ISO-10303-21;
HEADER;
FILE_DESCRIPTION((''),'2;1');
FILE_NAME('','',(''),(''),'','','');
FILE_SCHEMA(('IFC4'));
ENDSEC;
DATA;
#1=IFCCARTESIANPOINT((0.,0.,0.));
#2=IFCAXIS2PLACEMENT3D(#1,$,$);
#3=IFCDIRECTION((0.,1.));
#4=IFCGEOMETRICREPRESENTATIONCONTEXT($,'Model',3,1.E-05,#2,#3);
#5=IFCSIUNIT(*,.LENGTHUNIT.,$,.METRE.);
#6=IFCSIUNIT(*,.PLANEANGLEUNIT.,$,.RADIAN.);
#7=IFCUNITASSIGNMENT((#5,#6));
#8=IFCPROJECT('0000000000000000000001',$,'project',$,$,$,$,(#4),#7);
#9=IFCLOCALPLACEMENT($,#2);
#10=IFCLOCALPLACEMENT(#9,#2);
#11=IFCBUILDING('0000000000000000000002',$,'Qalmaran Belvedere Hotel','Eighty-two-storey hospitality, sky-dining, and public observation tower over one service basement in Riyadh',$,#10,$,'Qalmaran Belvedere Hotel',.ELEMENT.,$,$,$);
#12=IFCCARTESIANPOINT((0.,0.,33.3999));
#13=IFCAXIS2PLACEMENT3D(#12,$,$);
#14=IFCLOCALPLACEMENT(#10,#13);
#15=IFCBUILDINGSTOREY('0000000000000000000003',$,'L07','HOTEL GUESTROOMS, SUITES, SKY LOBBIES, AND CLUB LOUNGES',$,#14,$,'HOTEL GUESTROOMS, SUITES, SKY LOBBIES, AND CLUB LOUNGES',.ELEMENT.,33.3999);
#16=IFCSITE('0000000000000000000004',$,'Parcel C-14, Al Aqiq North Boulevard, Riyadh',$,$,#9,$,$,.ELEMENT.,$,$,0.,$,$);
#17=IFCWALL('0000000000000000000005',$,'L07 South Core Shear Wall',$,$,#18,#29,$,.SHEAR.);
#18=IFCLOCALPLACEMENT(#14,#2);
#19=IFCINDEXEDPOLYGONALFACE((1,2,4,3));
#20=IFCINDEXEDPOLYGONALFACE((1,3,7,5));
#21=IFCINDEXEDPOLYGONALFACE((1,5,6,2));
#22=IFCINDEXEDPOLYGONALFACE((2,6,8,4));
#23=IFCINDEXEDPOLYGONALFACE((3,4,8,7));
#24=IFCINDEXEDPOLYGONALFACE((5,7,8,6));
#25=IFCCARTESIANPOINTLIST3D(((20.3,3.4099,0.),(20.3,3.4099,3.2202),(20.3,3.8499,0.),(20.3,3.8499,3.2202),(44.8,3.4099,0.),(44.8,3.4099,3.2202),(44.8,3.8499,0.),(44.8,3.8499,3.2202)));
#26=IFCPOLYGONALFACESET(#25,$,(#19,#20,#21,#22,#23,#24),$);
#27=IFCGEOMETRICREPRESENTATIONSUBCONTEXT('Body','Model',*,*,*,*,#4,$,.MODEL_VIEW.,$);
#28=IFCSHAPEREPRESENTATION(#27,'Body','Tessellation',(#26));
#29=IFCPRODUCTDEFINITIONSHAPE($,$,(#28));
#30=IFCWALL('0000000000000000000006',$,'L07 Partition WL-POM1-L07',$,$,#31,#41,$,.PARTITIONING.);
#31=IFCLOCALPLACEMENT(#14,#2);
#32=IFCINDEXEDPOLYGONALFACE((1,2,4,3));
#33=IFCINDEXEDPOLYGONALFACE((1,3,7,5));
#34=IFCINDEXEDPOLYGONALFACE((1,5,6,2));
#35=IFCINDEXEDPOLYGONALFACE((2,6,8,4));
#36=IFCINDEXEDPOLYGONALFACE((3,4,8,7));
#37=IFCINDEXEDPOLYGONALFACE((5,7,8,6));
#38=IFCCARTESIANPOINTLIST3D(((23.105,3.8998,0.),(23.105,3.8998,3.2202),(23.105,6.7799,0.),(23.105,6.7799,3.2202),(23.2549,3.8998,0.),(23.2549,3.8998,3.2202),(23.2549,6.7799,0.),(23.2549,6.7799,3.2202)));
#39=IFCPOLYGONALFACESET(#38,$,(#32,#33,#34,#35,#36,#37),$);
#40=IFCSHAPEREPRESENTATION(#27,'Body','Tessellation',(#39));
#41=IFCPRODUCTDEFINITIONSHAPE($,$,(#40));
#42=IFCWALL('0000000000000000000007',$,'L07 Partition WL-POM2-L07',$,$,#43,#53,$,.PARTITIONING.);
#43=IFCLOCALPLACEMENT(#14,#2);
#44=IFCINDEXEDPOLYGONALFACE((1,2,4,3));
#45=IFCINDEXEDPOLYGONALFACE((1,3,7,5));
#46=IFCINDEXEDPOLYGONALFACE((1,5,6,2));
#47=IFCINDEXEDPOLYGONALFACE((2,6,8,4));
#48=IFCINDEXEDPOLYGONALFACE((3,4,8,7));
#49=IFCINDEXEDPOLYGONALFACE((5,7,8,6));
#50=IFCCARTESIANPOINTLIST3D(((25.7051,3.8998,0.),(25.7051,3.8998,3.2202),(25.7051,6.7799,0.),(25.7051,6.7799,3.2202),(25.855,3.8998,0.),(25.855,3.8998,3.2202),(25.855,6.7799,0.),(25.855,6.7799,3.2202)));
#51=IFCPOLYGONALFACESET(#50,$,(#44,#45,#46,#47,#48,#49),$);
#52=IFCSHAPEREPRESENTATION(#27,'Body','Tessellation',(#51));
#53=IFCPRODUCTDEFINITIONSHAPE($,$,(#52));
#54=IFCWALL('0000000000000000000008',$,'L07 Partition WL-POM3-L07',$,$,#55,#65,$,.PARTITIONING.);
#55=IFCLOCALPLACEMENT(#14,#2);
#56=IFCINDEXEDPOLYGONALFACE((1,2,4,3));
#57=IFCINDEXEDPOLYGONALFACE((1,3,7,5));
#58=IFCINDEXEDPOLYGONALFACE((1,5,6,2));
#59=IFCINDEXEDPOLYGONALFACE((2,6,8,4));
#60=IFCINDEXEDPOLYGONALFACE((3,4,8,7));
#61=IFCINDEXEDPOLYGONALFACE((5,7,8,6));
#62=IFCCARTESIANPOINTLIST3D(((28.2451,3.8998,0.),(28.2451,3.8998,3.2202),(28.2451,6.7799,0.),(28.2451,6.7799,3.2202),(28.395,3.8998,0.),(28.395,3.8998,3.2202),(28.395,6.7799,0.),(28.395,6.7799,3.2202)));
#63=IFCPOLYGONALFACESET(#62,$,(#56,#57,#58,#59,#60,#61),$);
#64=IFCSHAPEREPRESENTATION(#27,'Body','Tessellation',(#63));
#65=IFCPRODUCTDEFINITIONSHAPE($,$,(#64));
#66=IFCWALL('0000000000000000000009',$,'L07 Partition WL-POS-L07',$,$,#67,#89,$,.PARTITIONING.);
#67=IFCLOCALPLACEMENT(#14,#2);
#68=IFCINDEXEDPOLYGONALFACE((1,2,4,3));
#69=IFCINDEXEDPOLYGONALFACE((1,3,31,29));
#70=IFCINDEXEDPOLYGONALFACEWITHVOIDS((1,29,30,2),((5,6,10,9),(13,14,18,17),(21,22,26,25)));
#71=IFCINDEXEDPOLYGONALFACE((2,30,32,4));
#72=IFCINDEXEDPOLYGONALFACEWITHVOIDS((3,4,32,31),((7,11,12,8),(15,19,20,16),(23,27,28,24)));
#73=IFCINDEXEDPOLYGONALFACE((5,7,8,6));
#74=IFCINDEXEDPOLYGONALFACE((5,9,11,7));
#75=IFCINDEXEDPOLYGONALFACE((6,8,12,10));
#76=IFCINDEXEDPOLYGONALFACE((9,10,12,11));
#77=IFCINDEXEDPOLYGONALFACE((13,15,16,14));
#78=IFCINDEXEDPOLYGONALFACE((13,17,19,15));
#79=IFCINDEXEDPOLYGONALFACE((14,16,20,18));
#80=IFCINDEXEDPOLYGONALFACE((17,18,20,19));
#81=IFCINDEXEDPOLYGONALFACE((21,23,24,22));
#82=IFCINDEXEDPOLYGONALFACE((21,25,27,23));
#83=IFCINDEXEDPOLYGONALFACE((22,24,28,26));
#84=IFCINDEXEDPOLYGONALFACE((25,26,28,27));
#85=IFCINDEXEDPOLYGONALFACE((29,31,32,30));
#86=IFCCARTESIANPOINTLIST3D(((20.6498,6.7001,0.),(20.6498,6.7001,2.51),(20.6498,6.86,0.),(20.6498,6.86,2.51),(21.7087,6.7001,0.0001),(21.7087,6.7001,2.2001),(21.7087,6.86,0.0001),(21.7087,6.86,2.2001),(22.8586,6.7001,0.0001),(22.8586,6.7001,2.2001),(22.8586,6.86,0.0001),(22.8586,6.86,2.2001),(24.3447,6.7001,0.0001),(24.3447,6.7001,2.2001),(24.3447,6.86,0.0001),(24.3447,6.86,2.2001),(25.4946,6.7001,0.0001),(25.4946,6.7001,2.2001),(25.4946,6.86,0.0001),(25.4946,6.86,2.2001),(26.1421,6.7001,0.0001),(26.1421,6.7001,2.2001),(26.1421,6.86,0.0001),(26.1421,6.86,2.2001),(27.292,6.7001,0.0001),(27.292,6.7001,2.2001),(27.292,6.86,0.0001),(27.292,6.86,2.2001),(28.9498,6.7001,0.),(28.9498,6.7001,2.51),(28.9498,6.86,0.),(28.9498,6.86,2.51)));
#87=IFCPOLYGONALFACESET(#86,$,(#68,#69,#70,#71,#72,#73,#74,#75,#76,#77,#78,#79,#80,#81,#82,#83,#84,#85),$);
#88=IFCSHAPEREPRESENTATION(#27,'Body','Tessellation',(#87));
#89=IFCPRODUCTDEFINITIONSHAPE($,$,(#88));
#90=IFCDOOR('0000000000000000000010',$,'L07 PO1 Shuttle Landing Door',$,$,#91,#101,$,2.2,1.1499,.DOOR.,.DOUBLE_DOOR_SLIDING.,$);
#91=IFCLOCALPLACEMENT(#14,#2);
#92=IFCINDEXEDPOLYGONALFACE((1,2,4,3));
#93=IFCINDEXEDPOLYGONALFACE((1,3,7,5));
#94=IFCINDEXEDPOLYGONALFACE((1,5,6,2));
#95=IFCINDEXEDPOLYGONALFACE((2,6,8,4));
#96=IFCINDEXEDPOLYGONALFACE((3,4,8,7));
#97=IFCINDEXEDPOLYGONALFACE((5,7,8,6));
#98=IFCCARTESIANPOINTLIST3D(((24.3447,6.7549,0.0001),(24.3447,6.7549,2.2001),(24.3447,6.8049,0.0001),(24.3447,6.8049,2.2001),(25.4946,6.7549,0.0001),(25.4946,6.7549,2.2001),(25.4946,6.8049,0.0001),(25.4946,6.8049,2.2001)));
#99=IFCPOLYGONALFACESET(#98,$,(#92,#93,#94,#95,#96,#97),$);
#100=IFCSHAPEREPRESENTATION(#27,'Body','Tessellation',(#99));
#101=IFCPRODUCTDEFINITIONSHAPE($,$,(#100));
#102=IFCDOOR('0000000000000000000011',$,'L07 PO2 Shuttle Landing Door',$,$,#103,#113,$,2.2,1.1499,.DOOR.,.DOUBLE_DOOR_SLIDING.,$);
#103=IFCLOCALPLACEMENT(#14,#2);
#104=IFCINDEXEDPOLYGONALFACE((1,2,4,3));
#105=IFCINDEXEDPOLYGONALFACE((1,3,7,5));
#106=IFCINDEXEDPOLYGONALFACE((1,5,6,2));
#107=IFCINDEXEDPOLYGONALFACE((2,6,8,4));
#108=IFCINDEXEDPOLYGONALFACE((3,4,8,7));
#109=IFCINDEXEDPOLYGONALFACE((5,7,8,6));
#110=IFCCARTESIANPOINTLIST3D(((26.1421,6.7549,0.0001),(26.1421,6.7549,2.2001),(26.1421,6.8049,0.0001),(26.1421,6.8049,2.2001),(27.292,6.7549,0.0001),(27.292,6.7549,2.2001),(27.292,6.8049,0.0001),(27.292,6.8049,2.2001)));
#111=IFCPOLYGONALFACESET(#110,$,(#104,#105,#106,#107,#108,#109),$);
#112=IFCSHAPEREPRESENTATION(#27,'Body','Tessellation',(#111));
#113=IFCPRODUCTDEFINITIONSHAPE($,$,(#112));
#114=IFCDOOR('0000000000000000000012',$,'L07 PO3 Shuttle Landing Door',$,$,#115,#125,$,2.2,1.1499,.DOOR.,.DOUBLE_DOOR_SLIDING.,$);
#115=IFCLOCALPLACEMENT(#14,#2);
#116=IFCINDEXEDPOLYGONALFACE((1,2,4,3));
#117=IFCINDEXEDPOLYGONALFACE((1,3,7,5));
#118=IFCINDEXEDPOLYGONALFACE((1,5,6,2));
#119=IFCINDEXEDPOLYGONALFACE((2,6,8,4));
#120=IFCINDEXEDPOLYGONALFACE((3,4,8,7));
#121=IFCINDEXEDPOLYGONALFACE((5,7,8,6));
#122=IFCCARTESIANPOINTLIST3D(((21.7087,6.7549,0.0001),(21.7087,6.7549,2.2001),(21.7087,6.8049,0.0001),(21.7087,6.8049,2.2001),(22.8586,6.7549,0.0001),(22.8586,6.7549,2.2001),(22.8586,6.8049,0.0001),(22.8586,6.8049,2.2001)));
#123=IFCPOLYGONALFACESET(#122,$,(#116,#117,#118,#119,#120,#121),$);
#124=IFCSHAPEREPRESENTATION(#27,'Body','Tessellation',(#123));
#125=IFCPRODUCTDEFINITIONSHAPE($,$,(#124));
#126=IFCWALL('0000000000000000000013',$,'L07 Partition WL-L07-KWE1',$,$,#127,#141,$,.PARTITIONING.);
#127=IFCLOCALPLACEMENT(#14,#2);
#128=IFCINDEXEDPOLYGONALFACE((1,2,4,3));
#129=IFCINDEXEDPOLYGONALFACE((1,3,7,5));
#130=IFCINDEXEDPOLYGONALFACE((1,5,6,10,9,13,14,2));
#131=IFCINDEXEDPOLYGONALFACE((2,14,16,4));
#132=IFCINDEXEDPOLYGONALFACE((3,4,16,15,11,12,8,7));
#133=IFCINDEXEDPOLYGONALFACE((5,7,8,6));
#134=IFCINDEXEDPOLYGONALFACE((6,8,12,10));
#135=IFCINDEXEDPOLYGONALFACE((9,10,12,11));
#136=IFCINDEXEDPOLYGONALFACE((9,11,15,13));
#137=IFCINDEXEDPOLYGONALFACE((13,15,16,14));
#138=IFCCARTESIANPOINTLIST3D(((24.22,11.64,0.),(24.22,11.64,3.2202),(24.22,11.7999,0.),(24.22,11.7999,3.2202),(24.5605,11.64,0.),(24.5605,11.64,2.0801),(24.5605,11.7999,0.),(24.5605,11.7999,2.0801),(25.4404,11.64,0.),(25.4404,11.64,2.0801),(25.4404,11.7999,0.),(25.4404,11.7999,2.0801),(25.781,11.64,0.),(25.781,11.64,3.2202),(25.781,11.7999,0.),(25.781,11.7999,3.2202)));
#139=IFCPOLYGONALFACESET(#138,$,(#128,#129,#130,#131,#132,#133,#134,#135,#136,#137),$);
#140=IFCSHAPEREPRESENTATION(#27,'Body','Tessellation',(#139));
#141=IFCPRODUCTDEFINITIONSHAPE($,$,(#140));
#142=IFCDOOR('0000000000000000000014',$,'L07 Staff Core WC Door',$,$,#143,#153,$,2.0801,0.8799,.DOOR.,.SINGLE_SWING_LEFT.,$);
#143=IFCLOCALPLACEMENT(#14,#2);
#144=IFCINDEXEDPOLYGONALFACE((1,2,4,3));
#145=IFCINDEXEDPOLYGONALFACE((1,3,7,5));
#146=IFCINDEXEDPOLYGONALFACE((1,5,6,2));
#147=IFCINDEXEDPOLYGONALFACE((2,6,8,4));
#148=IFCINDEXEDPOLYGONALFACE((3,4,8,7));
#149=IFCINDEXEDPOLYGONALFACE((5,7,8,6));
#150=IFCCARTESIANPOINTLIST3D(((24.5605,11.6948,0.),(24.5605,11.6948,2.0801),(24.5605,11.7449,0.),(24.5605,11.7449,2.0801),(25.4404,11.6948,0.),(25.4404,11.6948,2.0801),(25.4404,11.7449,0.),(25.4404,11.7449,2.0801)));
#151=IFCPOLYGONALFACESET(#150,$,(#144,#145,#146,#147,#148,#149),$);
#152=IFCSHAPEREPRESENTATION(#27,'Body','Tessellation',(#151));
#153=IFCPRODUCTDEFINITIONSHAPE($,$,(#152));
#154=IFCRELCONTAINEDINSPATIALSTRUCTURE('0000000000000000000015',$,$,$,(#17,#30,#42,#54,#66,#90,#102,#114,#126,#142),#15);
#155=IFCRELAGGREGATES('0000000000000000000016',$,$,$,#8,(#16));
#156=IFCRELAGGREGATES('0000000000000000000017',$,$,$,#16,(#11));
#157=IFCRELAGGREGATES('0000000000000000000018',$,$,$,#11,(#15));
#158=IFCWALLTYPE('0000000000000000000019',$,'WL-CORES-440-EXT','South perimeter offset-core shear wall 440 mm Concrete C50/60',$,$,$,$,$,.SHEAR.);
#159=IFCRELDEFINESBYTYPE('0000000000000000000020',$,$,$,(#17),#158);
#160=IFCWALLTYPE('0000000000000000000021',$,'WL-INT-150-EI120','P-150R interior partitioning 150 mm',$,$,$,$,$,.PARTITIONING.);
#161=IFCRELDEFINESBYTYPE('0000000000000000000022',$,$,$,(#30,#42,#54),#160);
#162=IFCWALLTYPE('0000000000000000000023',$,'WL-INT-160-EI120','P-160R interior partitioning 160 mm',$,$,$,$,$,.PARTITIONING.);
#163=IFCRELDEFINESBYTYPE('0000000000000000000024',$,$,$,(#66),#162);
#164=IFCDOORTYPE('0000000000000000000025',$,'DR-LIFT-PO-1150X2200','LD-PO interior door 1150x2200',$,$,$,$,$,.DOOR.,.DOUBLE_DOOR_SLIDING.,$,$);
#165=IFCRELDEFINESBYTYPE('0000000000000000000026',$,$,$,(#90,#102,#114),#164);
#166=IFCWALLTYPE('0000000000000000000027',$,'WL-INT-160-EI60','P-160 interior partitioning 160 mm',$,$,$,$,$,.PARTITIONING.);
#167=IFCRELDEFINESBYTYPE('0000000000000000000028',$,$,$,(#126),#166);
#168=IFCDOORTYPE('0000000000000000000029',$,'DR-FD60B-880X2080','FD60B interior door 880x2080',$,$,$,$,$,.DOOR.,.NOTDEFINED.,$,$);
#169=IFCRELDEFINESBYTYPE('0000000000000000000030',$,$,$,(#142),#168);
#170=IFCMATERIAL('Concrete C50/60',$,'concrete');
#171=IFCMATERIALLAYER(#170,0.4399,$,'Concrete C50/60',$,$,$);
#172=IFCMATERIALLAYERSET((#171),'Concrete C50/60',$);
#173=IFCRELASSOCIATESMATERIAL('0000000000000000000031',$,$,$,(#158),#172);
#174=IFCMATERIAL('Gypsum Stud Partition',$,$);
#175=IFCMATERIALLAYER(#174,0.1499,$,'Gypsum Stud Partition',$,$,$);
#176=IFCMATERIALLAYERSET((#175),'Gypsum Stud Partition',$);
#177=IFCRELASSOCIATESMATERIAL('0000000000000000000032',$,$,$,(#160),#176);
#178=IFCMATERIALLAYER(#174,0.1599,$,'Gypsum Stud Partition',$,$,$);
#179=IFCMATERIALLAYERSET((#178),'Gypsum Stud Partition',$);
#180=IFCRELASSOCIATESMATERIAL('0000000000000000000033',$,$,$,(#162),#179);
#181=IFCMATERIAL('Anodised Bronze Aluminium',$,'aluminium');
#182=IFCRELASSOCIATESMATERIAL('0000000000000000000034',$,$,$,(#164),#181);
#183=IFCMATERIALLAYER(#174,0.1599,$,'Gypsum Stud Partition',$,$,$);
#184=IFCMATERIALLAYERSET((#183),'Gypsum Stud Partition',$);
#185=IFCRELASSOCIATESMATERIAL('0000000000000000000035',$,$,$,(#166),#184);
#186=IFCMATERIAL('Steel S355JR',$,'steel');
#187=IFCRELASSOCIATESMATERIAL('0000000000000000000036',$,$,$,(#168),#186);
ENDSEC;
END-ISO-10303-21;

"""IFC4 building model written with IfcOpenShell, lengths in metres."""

from ifc_helpers import new_model, si_unit, direction, frame, frame_2d, origin, place, context, subcontext, project, spatial, rectangle, extrude, material, layer, layer_set, type_object, element, fill, save


model = new_model("IFC4")

# Units and contexts
model_context = context("Model", 3, precision=1e-05, world=origin(), true_north=direction((0.0, 1.0)))
body_context = subcontext(model_context, "Body", "Model", "MODEL_VIEW")
ifc_project = project(units=[si_unit("LENGTHUNIT", "METRE"), si_unit("PLANEANGLEUNIT", "RADIAN")], contexts=[model_context])

# Site, building, storey
site_placement = place(None, origin())
site = spatial("IfcSite", under=ifc_project, at=site_placement, Name="Parcel C-14, Al Aqiq North Boulevard, Riyadh", CompositionType="ELEMENT", RefElevation=0.0)
building_placement = place(site_placement, origin())
building = spatial("IfcBuilding", under=site, at=building_placement, Name="Qalmaran Belvedere Hotel", Description="Eighty-two-storey hospitality, sky-dining, and public observation tower over one service basement in Riyadh", LongName="Qalmaran Belvedere Hotel", CompositionType="ELEMENT")
storey_placement = place(building_placement, frame((0.0, 0.0, 33.3999)))
storey = spatial("IfcBuildingStorey", under=building, at=storey_placement, Name="L07", Description="HOTEL GUESTROOMS, SUITES, SKY LOBBIES, AND CLUB LOUNGES", LongName="HOTEL GUESTROOMS, SUITES, SKY LOBBIES, AND CLUB LOUNGES", CompositionType="ELEMENT", Elevation=33.3999)

# Shared definitions
ifc_material_1 = material(Name="Steel S355JR", Category="steel")

# Shared definitions
ifc_material_2 = material(Name="Anodised Bronze Aluminium", Category="aluminium")

# Walls
ifc_material_3 = material(Name="Concrete C50/60", Category="concrete")
ifc_layer_1 = layer(ifc_material_3, 0.4399, Name="Concrete C50/60")
ifc_layer_set_1 = layer_set([ifc_layer_1], Name="Concrete C50/60")
wall_type_1 = type_object("IfcWallType", Name="WL-CORES-440-EXT", Description="South perimeter offset-core shear wall 440 mm Concrete C50/60", PredefinedType="SHEAR", material=ifc_layer_set_1)
wall_1_placement = place(storey_placement, frame((20.3, 3.6299, 0.0), z_axis=(0.0, 0.0, 1.0), x_axis=(1.0, 0.0, 0.0)))
element("IfcWall", 1, at=wall_1_placement, inside=storey, type_object=wall_type_1, Name="L07 South Core Shear Wall", PredefinedType="SHEAR", context=body_context, shape_type="SweptSolid", body=[
    extrude(rectangle(XDim=24.5, YDim=0.4399, at=frame_2d((12.25, 0.0))), origin(), (0.0, 0.0, 1.0), 3.2202),
])
ifc_material_4 = material(Name="Gypsum Stud Partition")
ifc_layer_2 = layer(ifc_material_4, 0.1499, Name="Gypsum Stud Partition")
ifc_layer_set_2 = layer_set([ifc_layer_2], Name="Gypsum Stud Partition")
wall_type_2 = type_object("IfcWallType", Name="WL-INT-150-EI120", Description="P-150R interior partitioning 150 mm", PredefinedType="PARTITIONING", material=ifc_layer_set_2)
for number, where, z_axis, x_axis, name in (
    (2, (23.1799, 3.8999, 0.0), (0.0, 0.0, 1.0), (0.0, 1.0, 0.0), "L07 Partition WL-POM1-L07"),
    (3, (25.78, 3.8999, 0.0), (0.0, 0.0, 1.0), (0.0, 1.0, 0.0), "L07 Partition WL-POM2-L07"),
    (4, (28.3201, 3.8999, 0.0), (0.0, 0.0, 1.0), (0.0, 1.0, 0.0), "L07 Partition WL-POM3-L07"),
):
    element("IfcWall", number, at=place(storey_placement, frame(where, z_axis=z_axis, x_axis=x_axis)), inside=storey, type_object=wall_type_2, Name=name, PredefinedType="PARTITIONING", context=body_context, shape_type="SweptSolid", body=[
        extrude(rectangle(XDim=2.8801, YDim=0.1499, at=frame_2d((1.4399, 0.0))), origin(), (0.0, 0.0, 1.0), 3.2202),
    ])

# Wall, openings, doors
ifc_layer_3 = layer(ifc_material_4, 0.1599, Name="Gypsum Stud Partition")
ifc_layer_set_3 = layer_set([ifc_layer_3], Name="Gypsum Stud Partition")
wall_type_3 = type_object("IfcWallType", Name="WL-INT-160-EI120", Description="P-160R interior partitioning 160 mm", PredefinedType="PARTITIONING", material=ifc_layer_set_3)
wall_2_placement = place(storey_placement, frame((20.6499, 6.78, 0.0), z_axis=(0.0, 0.0, 1.0), x_axis=(1.0, 0.0, 0.0)))
wall_2 = element("IfcWall", 5, at=wall_2_placement, inside=storey, type_object=wall_type_3, Name="L07 Partition WL-POS-L07", PredefinedType="PARTITIONING", context=body_context, shape_type="SweptSolid", body=[
    extrude(rectangle(XDim=8.3, YDim=0.1599, at=frame_2d((4.1499, 0.0))), origin(), (0.0, 0.0, 1.0), 2.51),
])
opening_1_placement = place(wall_2_placement, frame((3.6948, 0.0, 0.0)))
opening_1 = element("IfcOpeningElement", 6, at=opening_1_placement, cuts=wall_2, PredefinedType="OPENING", context=body_context, shape_type="SweptSolid", body=[
    extrude(rectangle(XDim=1.1499, YDim=2.2, at=frame_2d((0.575, 1.1001))), frame((0.0, 0.0898, 0.0), z_axis=(0.0, -1.0, 0.0), x_axis=(1.0, 0.0, 0.0)), (0.0, 0.0, 1.0), 0.1799),
])
opening_2_placement = place(wall_2_placement, frame((5.4922, 0.0, 0.0)))
opening_2 = element("IfcOpeningElement", 7, at=opening_2_placement, cuts=wall_2, PredefinedType="OPENING", context=body_context, shape_type="SweptSolid", body=[
    extrude(rectangle(XDim=1.1499, YDim=2.2, at=frame_2d((0.575, 1.1001))), frame((0.0, 0.0898, 0.0), z_axis=(0.0, -1.0, 0.0), x_axis=(1.0, 0.0, 0.0)), (0.0, 0.0, 1.0), 0.1799),
])
opening_3_placement = place(wall_2_placement, frame((1.0588, 0.0, 0.0)))
opening_3 = element("IfcOpeningElement", 8, at=opening_3_placement, cuts=wall_2, PredefinedType="OPENING", context=body_context, shape_type="SweptSolid", body=[
    extrude(rectangle(XDim=1.1499, YDim=2.2, at=frame_2d((0.575, 1.1001))), frame((0.0, 0.0898, 0.0), z_axis=(0.0, -1.0, 0.0), x_axis=(1.0, 0.0, 0.0)), (0.0, 0.0, 1.0), 0.1799),
])
door_type_1 = type_object("IfcDoorType", Name="DR-LIFT-PO-1150X2200", Description="LD-PO interior door 1150x2200", OperationType="DOUBLE_DOOR_SLIDING", PredefinedType="DOOR", material=ifc_material_2)
door_1_placement = place(opening_1_placement, origin())
door_1 = element("IfcDoor", 9, at=door_1_placement, inside=storey, type_object=door_type_1, Name="L07 PO1 Shuttle Landing Door", OperationType="DOUBLE_DOOR_SLIDING", OverallHeight=2.2, OverallWidth=1.1499, PredefinedType="DOOR", context=body_context, shape_type="SweptSolid", body=[
    extrude(rectangle(XDim=1.1499, YDim=2.2, at=frame_2d((0.575, 1.1001))), frame((0.0, 0.0249, 0.0), z_axis=(0.0, -1.0, 0.0), x_axis=(1.0, 0.0, 0.0)), (0.0, 0.0, 1.0), 0.05),
])
fill(opening_1, door_1)
door_2_placement = place(opening_2_placement, origin())
door_2 = element("IfcDoor", 10, at=door_2_placement, inside=storey, type_object=door_type_1, Name="L07 PO2 Shuttle Landing Door", OperationType="DOUBLE_DOOR_SLIDING", OverallHeight=2.2, OverallWidth=1.1499, PredefinedType="DOOR", context=body_context, shape_type="SweptSolid", body=[
    extrude(rectangle(XDim=1.1499, YDim=2.2, at=frame_2d((0.575, 1.1001))), frame((0.0, 0.0249, 0.0), z_axis=(0.0, -1.0, 0.0), x_axis=(1.0, 0.0, 0.0)), (0.0, 0.0, 1.0), 0.05),
])
fill(opening_2, door_2)
door_3_placement = place(opening_3_placement, origin())
door_3 = element("IfcDoor", 11, at=door_3_placement, inside=storey, type_object=door_type_1, Name="L07 PO3 Shuttle Landing Door", OperationType="DOUBLE_DOOR_SLIDING", OverallHeight=2.2, OverallWidth=1.1499, PredefinedType="DOOR", context=body_context, shape_type="SweptSolid", body=[
    extrude(rectangle(XDim=1.1499, YDim=2.2, at=frame_2d((0.575, 1.1001))), frame((0.0, 0.0249, 0.0), z_axis=(0.0, -1.0, 0.0), x_axis=(1.0, 0.0, 0.0)), (0.0, 0.0, 1.0), 0.05),
])
fill(opening_3, door_3)

# Wall, opening, door
ifc_layer_4 = layer(ifc_material_4, 0.1599, Name="Gypsum Stud Partition")
ifc_layer_set_4 = layer_set([ifc_layer_4], Name="Gypsum Stud Partition")
wall_type_4 = type_object("IfcWallType", Name="WL-INT-160-EI60", Description="P-160 interior partitioning 160 mm", PredefinedType="PARTITIONING", material=ifc_layer_set_4)
wall_3_placement = place(storey_placement, frame((24.22, 11.72, 0.0), z_axis=(0.0, 0.0, 1.0), x_axis=(1.0, 0.0, 0.0)))
wall_3 = element("IfcWall", 12, at=wall_3_placement, inside=storey, type_object=wall_type_4, Name="L07 Partition WL-L07-KWE1", PredefinedType="PARTITIONING", context=body_context, shape_type="SweptSolid", body=[
    extrude(rectangle(XDim=1.561, YDim=0.1599, at=frame_2d((0.7805, 0.0))), origin(), (0.0, 0.0, 1.0), 3.2202),
])
opening_4_placement = place(wall_3_placement, frame((0.3406, 0.0, 0.0)))
opening_4 = element("IfcOpeningElement", 13, at=opening_4_placement, cuts=wall_3, PredefinedType="OPENING", context=body_context, shape_type="SweptSolid", body=[
    extrude(rectangle(XDim=0.8799, YDim=2.0801, at=frame_2d((0.4399, 1.04))), frame((0.0, 0.0898, 0.0), z_axis=(0.0, -1.0, 0.0), x_axis=(1.0, 0.0, 0.0)), (0.0, 0.0, 1.0), 0.1799),
])
door_type_2 = type_object("IfcDoorType", Name="DR-FD60B-880X2080", Description="FD60B interior door 880x2080", OperationType="NOTDEFINED", PredefinedType="DOOR", material=ifc_material_1)
door_4_placement = place(opening_4_placement, origin())
door_4 = element("IfcDoor", 14, at=door_4_placement, inside=storey, type_object=door_type_2, Name="L07 Staff Core WC Door", OperationType="SINGLE_SWING_LEFT", OverallHeight=2.0801, OverallWidth=0.8799, PredefinedType="DOOR", context=body_context, shape_type="SweptSolid", body=[
    extrude(rectangle(XDim=0.8799, YDim=2.0801, at=frame_2d((0.4399, 1.04))), frame((0.0, 0.0249, 0.0), z_axis=(0.0, -1.0, 0.0), x_axis=(1.0, 0.0, 0.0)), (0.0, 0.0, 1.0), 0.05),
])
fill(opening_4, door_4)

save(model, "model.ifc")
